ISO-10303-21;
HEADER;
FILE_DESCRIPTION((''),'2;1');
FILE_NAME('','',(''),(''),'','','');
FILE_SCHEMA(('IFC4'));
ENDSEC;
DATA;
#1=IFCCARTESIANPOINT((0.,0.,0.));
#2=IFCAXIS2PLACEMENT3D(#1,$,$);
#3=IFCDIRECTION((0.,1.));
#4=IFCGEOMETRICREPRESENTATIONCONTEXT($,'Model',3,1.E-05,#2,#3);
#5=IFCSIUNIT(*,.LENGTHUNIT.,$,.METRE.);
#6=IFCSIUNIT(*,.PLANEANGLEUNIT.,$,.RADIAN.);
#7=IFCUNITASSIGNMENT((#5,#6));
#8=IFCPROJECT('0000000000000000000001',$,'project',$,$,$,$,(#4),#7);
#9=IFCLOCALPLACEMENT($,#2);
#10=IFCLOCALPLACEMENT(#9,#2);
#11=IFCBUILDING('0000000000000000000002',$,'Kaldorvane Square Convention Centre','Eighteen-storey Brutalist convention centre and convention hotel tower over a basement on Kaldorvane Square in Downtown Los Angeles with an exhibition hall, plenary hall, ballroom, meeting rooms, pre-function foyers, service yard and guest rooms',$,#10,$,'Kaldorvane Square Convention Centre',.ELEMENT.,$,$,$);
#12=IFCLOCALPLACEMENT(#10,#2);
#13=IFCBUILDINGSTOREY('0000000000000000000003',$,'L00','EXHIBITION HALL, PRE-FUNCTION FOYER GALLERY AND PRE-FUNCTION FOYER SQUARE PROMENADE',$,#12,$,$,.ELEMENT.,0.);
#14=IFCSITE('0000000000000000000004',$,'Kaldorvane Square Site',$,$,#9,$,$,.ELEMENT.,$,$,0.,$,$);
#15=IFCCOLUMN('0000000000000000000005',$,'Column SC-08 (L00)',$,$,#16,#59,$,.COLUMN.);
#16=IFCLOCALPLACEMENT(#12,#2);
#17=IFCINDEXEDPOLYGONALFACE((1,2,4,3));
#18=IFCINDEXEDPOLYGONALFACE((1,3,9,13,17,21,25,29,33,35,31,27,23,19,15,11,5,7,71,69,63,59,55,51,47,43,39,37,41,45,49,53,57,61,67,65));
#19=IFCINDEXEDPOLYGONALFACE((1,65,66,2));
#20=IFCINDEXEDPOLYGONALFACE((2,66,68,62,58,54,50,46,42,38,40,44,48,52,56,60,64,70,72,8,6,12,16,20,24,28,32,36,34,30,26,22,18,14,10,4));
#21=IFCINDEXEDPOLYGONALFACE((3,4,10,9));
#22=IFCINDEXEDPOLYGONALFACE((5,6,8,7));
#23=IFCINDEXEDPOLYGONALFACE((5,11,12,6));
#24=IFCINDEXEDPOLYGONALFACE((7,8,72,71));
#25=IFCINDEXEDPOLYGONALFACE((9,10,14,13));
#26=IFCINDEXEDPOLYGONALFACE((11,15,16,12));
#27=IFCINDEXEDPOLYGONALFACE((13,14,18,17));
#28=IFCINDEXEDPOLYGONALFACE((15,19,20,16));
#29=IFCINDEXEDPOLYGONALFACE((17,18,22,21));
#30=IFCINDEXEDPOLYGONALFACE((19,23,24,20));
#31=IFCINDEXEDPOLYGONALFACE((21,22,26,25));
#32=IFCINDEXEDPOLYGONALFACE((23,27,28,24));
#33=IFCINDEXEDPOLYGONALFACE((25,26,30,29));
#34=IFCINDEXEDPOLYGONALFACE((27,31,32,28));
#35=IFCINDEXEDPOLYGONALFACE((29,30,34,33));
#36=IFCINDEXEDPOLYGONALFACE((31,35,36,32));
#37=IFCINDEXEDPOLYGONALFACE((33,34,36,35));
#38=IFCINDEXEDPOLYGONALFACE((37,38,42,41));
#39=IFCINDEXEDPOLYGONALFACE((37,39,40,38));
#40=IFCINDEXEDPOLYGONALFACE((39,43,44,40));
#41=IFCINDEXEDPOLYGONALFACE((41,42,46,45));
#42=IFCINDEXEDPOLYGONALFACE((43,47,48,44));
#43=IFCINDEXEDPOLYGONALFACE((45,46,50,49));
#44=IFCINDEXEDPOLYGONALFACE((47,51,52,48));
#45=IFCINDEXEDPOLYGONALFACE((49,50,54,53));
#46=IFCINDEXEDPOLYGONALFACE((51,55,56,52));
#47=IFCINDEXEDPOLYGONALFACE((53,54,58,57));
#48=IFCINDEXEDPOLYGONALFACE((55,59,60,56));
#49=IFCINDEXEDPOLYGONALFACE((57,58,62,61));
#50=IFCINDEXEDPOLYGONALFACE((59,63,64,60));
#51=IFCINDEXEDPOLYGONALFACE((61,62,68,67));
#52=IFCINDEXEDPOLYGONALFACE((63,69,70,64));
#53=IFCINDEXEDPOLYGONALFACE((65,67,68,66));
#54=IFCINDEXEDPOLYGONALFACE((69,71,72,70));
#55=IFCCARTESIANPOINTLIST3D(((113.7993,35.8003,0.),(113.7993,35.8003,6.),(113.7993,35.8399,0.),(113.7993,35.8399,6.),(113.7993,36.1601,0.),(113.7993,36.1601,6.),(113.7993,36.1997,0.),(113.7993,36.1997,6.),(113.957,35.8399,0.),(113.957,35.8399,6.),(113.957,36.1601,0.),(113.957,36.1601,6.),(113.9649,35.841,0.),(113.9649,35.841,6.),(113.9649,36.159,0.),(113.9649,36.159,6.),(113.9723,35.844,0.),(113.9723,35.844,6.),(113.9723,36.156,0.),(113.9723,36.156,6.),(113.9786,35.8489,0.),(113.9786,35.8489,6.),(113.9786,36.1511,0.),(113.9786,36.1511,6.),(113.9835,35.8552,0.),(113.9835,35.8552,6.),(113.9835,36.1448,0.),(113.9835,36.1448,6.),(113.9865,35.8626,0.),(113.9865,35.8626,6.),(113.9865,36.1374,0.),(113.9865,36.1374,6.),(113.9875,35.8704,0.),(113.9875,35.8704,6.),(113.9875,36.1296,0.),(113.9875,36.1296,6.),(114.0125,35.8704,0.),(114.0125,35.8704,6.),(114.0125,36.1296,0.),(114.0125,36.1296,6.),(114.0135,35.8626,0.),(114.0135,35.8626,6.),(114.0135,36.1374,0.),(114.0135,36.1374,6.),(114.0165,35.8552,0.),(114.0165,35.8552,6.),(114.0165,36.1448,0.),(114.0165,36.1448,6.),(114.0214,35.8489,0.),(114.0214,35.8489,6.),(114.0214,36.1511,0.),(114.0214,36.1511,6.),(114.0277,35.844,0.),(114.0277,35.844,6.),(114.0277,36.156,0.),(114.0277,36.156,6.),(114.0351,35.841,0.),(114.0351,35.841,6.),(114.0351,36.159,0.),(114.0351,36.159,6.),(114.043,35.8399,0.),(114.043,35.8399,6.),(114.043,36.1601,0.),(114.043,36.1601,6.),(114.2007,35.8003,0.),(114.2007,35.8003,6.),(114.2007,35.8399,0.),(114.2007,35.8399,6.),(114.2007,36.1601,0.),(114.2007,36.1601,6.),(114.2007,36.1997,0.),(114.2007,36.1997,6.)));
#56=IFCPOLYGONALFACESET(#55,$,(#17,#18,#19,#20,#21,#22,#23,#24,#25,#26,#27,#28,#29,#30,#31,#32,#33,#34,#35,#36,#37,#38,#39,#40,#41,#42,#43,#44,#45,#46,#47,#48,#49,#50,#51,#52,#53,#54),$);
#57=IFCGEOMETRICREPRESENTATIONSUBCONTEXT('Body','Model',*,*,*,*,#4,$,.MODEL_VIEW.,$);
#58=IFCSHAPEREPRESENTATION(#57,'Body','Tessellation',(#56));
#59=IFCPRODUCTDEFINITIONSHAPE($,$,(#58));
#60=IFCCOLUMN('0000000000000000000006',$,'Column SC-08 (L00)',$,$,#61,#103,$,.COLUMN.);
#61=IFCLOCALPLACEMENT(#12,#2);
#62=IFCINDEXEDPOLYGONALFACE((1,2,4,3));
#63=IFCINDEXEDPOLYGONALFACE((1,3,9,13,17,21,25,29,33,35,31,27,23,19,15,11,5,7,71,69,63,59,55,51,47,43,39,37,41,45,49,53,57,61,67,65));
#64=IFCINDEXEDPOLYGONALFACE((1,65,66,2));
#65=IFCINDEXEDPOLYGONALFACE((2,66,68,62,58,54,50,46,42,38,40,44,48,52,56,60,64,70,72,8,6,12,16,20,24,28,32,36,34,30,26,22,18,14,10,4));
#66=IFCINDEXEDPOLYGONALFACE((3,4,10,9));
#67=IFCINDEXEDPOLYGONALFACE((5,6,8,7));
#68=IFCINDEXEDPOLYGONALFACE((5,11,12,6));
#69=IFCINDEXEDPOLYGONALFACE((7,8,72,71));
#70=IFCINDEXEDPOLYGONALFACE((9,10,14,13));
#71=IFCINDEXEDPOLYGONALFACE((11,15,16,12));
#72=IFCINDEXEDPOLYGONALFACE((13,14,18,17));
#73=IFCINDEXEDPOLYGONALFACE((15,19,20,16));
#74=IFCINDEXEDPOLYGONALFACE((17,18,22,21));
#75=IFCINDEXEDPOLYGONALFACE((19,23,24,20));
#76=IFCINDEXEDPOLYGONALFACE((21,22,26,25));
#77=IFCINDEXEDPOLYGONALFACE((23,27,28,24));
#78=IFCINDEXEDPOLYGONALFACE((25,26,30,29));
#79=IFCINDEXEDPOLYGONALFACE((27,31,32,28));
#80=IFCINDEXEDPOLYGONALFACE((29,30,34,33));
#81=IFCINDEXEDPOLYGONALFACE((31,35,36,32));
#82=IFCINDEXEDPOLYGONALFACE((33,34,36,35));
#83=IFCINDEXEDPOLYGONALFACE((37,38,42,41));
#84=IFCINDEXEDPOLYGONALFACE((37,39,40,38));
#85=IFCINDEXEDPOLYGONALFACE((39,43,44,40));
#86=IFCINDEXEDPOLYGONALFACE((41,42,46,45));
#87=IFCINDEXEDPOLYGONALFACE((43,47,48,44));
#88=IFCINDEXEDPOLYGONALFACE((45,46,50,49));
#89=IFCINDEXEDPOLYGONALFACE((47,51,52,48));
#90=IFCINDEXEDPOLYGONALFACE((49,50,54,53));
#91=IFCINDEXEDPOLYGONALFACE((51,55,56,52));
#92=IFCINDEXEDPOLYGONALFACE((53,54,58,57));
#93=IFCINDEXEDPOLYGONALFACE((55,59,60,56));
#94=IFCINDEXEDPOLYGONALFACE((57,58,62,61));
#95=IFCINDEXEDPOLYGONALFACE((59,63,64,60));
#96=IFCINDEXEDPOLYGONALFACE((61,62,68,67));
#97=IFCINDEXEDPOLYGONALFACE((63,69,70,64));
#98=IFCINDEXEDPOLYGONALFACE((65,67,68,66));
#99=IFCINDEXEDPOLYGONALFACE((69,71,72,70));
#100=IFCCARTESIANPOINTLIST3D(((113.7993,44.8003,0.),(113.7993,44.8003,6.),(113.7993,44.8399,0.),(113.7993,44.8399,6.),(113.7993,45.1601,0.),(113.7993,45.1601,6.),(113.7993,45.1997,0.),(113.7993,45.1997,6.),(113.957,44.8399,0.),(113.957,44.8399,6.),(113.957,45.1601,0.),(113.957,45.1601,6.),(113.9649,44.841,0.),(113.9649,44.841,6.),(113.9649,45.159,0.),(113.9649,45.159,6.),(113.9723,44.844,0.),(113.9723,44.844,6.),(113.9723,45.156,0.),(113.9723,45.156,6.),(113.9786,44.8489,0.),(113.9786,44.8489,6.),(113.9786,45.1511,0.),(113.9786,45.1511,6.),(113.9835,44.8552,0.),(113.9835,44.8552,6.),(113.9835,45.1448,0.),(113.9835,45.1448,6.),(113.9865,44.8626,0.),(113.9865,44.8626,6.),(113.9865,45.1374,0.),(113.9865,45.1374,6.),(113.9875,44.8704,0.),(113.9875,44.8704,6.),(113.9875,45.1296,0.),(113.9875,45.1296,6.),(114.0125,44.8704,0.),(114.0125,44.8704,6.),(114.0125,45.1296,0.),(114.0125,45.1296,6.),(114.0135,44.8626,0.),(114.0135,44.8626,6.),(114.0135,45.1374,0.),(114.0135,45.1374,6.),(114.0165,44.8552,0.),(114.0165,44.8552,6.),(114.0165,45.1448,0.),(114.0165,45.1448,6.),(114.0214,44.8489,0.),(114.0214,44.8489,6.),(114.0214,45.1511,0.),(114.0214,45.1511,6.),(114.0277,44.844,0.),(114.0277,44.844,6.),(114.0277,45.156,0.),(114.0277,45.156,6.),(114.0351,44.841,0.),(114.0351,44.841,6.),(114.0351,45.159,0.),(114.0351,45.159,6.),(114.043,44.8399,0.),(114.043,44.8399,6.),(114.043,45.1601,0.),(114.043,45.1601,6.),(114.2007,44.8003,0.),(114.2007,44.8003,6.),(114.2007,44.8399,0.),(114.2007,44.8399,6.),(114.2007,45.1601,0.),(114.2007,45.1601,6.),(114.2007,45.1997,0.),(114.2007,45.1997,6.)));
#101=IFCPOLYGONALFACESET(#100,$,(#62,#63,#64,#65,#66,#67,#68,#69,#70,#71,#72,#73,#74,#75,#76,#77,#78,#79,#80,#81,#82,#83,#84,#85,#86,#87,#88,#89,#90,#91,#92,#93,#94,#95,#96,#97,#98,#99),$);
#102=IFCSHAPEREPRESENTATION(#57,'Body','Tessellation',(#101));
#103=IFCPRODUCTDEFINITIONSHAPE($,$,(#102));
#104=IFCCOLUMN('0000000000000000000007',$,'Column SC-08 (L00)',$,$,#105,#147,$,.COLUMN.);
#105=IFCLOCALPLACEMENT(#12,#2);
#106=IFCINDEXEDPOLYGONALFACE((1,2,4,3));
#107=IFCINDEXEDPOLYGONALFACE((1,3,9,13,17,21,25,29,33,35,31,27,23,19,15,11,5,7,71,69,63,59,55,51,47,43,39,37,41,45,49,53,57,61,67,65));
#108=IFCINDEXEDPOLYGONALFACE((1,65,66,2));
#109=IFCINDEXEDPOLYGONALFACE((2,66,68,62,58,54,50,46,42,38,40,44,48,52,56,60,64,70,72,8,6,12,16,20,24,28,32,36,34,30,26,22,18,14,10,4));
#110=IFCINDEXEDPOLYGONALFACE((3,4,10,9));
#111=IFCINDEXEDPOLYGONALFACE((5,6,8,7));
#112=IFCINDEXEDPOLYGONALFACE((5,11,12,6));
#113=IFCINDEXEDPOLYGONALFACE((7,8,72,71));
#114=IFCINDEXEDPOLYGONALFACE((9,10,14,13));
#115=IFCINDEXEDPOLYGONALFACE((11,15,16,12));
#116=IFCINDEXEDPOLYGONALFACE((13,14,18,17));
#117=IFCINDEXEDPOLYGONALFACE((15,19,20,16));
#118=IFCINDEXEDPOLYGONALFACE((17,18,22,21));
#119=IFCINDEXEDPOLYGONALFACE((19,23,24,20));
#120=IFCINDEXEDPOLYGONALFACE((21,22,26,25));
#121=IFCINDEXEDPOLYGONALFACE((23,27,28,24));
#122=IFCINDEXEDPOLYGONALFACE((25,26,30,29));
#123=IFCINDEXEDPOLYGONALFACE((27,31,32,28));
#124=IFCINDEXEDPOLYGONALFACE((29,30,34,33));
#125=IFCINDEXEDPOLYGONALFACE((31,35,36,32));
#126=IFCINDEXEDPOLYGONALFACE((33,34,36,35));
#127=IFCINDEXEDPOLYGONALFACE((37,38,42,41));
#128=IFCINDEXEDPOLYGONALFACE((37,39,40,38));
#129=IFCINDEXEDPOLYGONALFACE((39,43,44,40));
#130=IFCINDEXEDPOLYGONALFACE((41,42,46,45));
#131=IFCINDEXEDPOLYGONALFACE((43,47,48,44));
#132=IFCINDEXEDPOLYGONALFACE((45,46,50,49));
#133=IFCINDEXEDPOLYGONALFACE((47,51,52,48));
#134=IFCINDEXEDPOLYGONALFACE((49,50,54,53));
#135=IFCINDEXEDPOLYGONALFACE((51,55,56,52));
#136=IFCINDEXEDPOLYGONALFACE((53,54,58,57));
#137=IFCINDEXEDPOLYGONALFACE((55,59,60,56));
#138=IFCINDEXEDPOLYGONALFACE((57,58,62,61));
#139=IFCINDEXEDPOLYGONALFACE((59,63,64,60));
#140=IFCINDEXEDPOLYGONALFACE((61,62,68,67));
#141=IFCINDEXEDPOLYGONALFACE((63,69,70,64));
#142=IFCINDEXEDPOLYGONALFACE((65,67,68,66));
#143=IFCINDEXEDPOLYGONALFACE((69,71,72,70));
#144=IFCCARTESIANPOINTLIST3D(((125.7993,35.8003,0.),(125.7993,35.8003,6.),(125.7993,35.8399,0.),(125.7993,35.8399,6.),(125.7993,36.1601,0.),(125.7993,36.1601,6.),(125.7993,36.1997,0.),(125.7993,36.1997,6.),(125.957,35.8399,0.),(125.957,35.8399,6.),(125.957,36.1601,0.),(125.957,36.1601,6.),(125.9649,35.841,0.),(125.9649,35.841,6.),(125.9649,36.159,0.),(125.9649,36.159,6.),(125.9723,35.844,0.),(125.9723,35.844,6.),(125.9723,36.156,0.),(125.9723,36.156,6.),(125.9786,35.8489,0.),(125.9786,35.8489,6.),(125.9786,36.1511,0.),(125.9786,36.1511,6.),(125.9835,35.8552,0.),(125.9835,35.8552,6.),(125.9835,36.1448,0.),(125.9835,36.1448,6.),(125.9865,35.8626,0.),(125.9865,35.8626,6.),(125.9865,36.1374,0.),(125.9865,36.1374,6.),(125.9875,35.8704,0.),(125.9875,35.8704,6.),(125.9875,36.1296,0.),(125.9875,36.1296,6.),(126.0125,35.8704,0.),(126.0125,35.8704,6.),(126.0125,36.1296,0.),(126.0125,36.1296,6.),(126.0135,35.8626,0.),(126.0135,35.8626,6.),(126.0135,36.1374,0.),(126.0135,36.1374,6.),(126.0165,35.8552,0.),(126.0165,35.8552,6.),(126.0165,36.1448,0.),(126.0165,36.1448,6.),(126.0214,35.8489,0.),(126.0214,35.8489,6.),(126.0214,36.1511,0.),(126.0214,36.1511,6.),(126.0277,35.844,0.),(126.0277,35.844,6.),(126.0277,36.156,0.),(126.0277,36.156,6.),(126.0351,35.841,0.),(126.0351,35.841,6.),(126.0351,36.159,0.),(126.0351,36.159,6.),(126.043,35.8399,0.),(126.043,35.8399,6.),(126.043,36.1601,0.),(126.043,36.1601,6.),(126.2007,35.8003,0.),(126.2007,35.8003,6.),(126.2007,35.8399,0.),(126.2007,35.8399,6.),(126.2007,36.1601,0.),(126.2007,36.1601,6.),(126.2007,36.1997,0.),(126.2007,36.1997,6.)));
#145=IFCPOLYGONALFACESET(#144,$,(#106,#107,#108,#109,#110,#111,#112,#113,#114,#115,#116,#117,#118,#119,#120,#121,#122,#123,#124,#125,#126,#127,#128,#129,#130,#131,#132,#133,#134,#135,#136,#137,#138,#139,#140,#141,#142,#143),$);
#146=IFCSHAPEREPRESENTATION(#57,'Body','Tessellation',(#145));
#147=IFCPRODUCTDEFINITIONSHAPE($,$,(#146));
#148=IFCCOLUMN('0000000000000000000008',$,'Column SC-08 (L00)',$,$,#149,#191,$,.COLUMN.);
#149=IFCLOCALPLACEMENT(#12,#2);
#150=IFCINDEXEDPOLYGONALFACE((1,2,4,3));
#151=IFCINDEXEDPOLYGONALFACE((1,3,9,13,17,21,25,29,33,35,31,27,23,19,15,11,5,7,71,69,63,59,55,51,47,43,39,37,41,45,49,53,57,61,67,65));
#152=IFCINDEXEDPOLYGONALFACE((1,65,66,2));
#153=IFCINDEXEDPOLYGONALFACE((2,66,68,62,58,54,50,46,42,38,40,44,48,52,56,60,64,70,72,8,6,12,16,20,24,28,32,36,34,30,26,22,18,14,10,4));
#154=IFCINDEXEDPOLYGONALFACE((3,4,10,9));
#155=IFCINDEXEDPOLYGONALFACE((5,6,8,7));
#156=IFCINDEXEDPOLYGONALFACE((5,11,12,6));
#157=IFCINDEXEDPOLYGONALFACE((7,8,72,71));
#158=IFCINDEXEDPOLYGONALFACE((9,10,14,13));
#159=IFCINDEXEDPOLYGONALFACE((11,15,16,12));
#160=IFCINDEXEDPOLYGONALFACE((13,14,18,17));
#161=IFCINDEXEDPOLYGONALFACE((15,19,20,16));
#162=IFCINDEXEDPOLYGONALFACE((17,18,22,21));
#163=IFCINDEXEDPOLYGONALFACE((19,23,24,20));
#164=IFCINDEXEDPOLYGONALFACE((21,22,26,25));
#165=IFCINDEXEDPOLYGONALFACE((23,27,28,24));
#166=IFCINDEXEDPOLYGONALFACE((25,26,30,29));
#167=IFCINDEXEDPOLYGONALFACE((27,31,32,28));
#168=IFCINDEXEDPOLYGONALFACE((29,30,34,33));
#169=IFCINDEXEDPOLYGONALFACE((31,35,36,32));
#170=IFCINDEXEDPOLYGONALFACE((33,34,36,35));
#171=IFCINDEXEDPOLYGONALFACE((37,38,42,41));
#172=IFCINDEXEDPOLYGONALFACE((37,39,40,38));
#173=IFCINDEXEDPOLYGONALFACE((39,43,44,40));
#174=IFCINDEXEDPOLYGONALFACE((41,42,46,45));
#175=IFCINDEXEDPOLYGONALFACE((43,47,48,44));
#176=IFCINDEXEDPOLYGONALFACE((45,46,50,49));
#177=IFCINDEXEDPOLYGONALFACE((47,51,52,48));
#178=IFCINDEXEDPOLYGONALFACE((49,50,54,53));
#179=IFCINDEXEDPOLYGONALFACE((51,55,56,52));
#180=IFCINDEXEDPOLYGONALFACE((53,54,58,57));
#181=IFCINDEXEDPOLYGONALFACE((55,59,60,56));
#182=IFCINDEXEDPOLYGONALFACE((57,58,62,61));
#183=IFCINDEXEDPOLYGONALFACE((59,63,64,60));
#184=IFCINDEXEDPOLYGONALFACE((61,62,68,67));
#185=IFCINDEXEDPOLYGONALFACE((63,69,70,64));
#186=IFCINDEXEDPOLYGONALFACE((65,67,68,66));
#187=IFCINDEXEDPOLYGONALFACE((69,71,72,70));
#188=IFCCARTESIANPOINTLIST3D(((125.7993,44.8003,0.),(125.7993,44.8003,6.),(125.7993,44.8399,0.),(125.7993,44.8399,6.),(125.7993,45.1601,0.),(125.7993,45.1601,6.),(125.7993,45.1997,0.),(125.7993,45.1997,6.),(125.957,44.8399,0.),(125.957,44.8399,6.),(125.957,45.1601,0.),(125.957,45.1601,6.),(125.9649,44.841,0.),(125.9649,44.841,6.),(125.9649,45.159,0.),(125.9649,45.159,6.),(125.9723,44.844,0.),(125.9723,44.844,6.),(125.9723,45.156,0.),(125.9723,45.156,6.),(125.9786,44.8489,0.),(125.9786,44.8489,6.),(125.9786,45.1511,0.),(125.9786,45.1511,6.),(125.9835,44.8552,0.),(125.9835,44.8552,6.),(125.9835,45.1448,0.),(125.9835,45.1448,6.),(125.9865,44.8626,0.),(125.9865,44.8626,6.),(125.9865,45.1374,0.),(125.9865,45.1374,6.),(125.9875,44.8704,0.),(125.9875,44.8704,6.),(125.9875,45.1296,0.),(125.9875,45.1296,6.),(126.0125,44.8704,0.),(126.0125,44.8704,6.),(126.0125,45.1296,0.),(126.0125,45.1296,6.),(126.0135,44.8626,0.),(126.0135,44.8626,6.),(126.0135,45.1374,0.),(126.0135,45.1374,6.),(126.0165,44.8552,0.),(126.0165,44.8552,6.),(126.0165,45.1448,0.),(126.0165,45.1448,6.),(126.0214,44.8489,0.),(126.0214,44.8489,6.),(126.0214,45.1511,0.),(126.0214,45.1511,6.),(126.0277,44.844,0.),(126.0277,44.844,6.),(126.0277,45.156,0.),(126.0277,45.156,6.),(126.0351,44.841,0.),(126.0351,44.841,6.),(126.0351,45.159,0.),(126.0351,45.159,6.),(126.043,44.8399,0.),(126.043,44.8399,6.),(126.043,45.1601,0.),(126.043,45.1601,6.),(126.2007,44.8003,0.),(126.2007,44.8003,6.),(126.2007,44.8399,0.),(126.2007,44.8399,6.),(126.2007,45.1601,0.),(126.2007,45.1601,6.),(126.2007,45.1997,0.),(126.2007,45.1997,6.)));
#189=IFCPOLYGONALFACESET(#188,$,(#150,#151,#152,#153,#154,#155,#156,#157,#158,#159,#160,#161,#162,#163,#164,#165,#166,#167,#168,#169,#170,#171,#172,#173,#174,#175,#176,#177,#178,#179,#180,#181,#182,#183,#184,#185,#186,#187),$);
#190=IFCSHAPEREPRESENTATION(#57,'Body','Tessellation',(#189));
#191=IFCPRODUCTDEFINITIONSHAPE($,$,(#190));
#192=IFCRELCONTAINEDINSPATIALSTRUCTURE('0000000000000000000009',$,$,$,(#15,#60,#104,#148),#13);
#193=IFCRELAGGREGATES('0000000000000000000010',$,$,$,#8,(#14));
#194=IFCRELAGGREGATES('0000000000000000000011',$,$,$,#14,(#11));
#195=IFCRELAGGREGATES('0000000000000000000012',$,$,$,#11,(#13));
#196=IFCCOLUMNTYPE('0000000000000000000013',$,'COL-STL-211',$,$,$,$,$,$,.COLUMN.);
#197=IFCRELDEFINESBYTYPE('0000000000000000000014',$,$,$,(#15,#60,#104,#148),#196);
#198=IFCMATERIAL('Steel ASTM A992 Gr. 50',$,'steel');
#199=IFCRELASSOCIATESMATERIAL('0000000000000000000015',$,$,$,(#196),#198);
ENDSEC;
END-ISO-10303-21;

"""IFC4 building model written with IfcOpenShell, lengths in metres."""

from ifc_helpers import new_model, si_unit, direction, frame, origin, origin_2d, place, context, subcontext, project, spatial, i_section, extrude, material, material_profile, profile_set, type_object, element, save


model = new_model("IFC4")

# Units and contexts
model_context = context("Model", 3, precision=1e-05, world=origin(), true_north=direction((0.0, 1.0)))
body_context = subcontext(model_context, "Body", "Model", "MODEL_VIEW")
ifc_project = project(units=[si_unit("LENGTHUNIT", "METRE"), si_unit("PLANEANGLEUNIT", "RADIAN")], contexts=[model_context])

# Site, building, storey
site_placement = place(None, origin())
site = spatial("IfcSite", under=ifc_project, at=site_placement, Name="Kaldorvane Square Site", CompositionType="ELEMENT", RefElevation=0.0)
building_placement = place(site_placement, origin())
building = spatial("IfcBuilding", under=site, at=building_placement, Name="Kaldorvane Square Convention Centre", Description="Eighteen-storey Brutalist convention centre and convention hotel tower over a basement on Kaldorvane Square in Downtown Los Angeles with an exhibition hall, plenary hall, ballroom, meeting rooms, pre-function foyers, service yard and guest rooms", LongName="Kaldorvane Square Convention Centre", CompositionType="ELEMENT")
storey_placement = place(building_placement, origin())
storey = spatial("IfcBuildingStorey", under=building, at=storey_placement, Name="L00", Description="EXHIBITION HALL, PRE-FUNCTION FOYER GALLERY AND PRE-FUNCTION FOYER SQUARE PROMENADE", CompositionType="ELEMENT", Elevation=0.0)

# Columns
ifc_material_1 = material(Name="Steel ASTM A992 Gr. 50", Category="steel")
ifc_material_profile_1 = material_profile(ifc_material_1, i_section(OverallWidth=0.4013, OverallDepth=0.3993, WebThickness=0.0249, FlangeThickness=0.0396, FilletRadius=0.0305, at=origin_2d()), Name="W14X211")
ifc_profile_set_1 = profile_set([ifc_material_profile_1], Name="Steel ASTM A992 Gr. 50")
column_type = type_object("IfcColumnType", Name="COL-STL-211", PredefinedType="COLUMN", material=ifc_profile_set_1)
for number, where, z_axis, x_axis, name in (
    (1, (114.0, 36.0, 0.0), (0.0, 0.0, 1.0), (1.0, 0.0, 0.0), "Column SC-08 (L00)"),
    (2, (114.0, 45.0, 0.0), (0.0, 0.0, 1.0), (1.0, 0.0, 0.0), "Column SC-08 (L00)"),
    (3, (126.0, 36.0, 0.0), (0.0, 0.0, 1.0), (1.0, 0.0, 0.0), "Column SC-08 (L00)"),
    (4, (126.0, 45.0, 0.0), (0.0, 0.0, 1.0), (1.0, 0.0, 0.0), "Column SC-08 (L00)"),
):
    element("IfcColumn", number, at=place(storey_placement, frame(where, z_axis=z_axis, x_axis=x_axis)), inside=storey, type_object=column_type, Name=name, PredefinedType="COLUMN", context=body_context, shape_type="SweptSolid", body=[
        extrude(i_section(OverallWidth=0.4013, OverallDepth=0.3993, WebThickness=0.0249, FlangeThickness=0.0396, FilletRadius=0.0305, at=origin_2d()), origin(), (0.0, 0.0, 1.0), 6.0),
    ])

save(model, "model.ifc")
